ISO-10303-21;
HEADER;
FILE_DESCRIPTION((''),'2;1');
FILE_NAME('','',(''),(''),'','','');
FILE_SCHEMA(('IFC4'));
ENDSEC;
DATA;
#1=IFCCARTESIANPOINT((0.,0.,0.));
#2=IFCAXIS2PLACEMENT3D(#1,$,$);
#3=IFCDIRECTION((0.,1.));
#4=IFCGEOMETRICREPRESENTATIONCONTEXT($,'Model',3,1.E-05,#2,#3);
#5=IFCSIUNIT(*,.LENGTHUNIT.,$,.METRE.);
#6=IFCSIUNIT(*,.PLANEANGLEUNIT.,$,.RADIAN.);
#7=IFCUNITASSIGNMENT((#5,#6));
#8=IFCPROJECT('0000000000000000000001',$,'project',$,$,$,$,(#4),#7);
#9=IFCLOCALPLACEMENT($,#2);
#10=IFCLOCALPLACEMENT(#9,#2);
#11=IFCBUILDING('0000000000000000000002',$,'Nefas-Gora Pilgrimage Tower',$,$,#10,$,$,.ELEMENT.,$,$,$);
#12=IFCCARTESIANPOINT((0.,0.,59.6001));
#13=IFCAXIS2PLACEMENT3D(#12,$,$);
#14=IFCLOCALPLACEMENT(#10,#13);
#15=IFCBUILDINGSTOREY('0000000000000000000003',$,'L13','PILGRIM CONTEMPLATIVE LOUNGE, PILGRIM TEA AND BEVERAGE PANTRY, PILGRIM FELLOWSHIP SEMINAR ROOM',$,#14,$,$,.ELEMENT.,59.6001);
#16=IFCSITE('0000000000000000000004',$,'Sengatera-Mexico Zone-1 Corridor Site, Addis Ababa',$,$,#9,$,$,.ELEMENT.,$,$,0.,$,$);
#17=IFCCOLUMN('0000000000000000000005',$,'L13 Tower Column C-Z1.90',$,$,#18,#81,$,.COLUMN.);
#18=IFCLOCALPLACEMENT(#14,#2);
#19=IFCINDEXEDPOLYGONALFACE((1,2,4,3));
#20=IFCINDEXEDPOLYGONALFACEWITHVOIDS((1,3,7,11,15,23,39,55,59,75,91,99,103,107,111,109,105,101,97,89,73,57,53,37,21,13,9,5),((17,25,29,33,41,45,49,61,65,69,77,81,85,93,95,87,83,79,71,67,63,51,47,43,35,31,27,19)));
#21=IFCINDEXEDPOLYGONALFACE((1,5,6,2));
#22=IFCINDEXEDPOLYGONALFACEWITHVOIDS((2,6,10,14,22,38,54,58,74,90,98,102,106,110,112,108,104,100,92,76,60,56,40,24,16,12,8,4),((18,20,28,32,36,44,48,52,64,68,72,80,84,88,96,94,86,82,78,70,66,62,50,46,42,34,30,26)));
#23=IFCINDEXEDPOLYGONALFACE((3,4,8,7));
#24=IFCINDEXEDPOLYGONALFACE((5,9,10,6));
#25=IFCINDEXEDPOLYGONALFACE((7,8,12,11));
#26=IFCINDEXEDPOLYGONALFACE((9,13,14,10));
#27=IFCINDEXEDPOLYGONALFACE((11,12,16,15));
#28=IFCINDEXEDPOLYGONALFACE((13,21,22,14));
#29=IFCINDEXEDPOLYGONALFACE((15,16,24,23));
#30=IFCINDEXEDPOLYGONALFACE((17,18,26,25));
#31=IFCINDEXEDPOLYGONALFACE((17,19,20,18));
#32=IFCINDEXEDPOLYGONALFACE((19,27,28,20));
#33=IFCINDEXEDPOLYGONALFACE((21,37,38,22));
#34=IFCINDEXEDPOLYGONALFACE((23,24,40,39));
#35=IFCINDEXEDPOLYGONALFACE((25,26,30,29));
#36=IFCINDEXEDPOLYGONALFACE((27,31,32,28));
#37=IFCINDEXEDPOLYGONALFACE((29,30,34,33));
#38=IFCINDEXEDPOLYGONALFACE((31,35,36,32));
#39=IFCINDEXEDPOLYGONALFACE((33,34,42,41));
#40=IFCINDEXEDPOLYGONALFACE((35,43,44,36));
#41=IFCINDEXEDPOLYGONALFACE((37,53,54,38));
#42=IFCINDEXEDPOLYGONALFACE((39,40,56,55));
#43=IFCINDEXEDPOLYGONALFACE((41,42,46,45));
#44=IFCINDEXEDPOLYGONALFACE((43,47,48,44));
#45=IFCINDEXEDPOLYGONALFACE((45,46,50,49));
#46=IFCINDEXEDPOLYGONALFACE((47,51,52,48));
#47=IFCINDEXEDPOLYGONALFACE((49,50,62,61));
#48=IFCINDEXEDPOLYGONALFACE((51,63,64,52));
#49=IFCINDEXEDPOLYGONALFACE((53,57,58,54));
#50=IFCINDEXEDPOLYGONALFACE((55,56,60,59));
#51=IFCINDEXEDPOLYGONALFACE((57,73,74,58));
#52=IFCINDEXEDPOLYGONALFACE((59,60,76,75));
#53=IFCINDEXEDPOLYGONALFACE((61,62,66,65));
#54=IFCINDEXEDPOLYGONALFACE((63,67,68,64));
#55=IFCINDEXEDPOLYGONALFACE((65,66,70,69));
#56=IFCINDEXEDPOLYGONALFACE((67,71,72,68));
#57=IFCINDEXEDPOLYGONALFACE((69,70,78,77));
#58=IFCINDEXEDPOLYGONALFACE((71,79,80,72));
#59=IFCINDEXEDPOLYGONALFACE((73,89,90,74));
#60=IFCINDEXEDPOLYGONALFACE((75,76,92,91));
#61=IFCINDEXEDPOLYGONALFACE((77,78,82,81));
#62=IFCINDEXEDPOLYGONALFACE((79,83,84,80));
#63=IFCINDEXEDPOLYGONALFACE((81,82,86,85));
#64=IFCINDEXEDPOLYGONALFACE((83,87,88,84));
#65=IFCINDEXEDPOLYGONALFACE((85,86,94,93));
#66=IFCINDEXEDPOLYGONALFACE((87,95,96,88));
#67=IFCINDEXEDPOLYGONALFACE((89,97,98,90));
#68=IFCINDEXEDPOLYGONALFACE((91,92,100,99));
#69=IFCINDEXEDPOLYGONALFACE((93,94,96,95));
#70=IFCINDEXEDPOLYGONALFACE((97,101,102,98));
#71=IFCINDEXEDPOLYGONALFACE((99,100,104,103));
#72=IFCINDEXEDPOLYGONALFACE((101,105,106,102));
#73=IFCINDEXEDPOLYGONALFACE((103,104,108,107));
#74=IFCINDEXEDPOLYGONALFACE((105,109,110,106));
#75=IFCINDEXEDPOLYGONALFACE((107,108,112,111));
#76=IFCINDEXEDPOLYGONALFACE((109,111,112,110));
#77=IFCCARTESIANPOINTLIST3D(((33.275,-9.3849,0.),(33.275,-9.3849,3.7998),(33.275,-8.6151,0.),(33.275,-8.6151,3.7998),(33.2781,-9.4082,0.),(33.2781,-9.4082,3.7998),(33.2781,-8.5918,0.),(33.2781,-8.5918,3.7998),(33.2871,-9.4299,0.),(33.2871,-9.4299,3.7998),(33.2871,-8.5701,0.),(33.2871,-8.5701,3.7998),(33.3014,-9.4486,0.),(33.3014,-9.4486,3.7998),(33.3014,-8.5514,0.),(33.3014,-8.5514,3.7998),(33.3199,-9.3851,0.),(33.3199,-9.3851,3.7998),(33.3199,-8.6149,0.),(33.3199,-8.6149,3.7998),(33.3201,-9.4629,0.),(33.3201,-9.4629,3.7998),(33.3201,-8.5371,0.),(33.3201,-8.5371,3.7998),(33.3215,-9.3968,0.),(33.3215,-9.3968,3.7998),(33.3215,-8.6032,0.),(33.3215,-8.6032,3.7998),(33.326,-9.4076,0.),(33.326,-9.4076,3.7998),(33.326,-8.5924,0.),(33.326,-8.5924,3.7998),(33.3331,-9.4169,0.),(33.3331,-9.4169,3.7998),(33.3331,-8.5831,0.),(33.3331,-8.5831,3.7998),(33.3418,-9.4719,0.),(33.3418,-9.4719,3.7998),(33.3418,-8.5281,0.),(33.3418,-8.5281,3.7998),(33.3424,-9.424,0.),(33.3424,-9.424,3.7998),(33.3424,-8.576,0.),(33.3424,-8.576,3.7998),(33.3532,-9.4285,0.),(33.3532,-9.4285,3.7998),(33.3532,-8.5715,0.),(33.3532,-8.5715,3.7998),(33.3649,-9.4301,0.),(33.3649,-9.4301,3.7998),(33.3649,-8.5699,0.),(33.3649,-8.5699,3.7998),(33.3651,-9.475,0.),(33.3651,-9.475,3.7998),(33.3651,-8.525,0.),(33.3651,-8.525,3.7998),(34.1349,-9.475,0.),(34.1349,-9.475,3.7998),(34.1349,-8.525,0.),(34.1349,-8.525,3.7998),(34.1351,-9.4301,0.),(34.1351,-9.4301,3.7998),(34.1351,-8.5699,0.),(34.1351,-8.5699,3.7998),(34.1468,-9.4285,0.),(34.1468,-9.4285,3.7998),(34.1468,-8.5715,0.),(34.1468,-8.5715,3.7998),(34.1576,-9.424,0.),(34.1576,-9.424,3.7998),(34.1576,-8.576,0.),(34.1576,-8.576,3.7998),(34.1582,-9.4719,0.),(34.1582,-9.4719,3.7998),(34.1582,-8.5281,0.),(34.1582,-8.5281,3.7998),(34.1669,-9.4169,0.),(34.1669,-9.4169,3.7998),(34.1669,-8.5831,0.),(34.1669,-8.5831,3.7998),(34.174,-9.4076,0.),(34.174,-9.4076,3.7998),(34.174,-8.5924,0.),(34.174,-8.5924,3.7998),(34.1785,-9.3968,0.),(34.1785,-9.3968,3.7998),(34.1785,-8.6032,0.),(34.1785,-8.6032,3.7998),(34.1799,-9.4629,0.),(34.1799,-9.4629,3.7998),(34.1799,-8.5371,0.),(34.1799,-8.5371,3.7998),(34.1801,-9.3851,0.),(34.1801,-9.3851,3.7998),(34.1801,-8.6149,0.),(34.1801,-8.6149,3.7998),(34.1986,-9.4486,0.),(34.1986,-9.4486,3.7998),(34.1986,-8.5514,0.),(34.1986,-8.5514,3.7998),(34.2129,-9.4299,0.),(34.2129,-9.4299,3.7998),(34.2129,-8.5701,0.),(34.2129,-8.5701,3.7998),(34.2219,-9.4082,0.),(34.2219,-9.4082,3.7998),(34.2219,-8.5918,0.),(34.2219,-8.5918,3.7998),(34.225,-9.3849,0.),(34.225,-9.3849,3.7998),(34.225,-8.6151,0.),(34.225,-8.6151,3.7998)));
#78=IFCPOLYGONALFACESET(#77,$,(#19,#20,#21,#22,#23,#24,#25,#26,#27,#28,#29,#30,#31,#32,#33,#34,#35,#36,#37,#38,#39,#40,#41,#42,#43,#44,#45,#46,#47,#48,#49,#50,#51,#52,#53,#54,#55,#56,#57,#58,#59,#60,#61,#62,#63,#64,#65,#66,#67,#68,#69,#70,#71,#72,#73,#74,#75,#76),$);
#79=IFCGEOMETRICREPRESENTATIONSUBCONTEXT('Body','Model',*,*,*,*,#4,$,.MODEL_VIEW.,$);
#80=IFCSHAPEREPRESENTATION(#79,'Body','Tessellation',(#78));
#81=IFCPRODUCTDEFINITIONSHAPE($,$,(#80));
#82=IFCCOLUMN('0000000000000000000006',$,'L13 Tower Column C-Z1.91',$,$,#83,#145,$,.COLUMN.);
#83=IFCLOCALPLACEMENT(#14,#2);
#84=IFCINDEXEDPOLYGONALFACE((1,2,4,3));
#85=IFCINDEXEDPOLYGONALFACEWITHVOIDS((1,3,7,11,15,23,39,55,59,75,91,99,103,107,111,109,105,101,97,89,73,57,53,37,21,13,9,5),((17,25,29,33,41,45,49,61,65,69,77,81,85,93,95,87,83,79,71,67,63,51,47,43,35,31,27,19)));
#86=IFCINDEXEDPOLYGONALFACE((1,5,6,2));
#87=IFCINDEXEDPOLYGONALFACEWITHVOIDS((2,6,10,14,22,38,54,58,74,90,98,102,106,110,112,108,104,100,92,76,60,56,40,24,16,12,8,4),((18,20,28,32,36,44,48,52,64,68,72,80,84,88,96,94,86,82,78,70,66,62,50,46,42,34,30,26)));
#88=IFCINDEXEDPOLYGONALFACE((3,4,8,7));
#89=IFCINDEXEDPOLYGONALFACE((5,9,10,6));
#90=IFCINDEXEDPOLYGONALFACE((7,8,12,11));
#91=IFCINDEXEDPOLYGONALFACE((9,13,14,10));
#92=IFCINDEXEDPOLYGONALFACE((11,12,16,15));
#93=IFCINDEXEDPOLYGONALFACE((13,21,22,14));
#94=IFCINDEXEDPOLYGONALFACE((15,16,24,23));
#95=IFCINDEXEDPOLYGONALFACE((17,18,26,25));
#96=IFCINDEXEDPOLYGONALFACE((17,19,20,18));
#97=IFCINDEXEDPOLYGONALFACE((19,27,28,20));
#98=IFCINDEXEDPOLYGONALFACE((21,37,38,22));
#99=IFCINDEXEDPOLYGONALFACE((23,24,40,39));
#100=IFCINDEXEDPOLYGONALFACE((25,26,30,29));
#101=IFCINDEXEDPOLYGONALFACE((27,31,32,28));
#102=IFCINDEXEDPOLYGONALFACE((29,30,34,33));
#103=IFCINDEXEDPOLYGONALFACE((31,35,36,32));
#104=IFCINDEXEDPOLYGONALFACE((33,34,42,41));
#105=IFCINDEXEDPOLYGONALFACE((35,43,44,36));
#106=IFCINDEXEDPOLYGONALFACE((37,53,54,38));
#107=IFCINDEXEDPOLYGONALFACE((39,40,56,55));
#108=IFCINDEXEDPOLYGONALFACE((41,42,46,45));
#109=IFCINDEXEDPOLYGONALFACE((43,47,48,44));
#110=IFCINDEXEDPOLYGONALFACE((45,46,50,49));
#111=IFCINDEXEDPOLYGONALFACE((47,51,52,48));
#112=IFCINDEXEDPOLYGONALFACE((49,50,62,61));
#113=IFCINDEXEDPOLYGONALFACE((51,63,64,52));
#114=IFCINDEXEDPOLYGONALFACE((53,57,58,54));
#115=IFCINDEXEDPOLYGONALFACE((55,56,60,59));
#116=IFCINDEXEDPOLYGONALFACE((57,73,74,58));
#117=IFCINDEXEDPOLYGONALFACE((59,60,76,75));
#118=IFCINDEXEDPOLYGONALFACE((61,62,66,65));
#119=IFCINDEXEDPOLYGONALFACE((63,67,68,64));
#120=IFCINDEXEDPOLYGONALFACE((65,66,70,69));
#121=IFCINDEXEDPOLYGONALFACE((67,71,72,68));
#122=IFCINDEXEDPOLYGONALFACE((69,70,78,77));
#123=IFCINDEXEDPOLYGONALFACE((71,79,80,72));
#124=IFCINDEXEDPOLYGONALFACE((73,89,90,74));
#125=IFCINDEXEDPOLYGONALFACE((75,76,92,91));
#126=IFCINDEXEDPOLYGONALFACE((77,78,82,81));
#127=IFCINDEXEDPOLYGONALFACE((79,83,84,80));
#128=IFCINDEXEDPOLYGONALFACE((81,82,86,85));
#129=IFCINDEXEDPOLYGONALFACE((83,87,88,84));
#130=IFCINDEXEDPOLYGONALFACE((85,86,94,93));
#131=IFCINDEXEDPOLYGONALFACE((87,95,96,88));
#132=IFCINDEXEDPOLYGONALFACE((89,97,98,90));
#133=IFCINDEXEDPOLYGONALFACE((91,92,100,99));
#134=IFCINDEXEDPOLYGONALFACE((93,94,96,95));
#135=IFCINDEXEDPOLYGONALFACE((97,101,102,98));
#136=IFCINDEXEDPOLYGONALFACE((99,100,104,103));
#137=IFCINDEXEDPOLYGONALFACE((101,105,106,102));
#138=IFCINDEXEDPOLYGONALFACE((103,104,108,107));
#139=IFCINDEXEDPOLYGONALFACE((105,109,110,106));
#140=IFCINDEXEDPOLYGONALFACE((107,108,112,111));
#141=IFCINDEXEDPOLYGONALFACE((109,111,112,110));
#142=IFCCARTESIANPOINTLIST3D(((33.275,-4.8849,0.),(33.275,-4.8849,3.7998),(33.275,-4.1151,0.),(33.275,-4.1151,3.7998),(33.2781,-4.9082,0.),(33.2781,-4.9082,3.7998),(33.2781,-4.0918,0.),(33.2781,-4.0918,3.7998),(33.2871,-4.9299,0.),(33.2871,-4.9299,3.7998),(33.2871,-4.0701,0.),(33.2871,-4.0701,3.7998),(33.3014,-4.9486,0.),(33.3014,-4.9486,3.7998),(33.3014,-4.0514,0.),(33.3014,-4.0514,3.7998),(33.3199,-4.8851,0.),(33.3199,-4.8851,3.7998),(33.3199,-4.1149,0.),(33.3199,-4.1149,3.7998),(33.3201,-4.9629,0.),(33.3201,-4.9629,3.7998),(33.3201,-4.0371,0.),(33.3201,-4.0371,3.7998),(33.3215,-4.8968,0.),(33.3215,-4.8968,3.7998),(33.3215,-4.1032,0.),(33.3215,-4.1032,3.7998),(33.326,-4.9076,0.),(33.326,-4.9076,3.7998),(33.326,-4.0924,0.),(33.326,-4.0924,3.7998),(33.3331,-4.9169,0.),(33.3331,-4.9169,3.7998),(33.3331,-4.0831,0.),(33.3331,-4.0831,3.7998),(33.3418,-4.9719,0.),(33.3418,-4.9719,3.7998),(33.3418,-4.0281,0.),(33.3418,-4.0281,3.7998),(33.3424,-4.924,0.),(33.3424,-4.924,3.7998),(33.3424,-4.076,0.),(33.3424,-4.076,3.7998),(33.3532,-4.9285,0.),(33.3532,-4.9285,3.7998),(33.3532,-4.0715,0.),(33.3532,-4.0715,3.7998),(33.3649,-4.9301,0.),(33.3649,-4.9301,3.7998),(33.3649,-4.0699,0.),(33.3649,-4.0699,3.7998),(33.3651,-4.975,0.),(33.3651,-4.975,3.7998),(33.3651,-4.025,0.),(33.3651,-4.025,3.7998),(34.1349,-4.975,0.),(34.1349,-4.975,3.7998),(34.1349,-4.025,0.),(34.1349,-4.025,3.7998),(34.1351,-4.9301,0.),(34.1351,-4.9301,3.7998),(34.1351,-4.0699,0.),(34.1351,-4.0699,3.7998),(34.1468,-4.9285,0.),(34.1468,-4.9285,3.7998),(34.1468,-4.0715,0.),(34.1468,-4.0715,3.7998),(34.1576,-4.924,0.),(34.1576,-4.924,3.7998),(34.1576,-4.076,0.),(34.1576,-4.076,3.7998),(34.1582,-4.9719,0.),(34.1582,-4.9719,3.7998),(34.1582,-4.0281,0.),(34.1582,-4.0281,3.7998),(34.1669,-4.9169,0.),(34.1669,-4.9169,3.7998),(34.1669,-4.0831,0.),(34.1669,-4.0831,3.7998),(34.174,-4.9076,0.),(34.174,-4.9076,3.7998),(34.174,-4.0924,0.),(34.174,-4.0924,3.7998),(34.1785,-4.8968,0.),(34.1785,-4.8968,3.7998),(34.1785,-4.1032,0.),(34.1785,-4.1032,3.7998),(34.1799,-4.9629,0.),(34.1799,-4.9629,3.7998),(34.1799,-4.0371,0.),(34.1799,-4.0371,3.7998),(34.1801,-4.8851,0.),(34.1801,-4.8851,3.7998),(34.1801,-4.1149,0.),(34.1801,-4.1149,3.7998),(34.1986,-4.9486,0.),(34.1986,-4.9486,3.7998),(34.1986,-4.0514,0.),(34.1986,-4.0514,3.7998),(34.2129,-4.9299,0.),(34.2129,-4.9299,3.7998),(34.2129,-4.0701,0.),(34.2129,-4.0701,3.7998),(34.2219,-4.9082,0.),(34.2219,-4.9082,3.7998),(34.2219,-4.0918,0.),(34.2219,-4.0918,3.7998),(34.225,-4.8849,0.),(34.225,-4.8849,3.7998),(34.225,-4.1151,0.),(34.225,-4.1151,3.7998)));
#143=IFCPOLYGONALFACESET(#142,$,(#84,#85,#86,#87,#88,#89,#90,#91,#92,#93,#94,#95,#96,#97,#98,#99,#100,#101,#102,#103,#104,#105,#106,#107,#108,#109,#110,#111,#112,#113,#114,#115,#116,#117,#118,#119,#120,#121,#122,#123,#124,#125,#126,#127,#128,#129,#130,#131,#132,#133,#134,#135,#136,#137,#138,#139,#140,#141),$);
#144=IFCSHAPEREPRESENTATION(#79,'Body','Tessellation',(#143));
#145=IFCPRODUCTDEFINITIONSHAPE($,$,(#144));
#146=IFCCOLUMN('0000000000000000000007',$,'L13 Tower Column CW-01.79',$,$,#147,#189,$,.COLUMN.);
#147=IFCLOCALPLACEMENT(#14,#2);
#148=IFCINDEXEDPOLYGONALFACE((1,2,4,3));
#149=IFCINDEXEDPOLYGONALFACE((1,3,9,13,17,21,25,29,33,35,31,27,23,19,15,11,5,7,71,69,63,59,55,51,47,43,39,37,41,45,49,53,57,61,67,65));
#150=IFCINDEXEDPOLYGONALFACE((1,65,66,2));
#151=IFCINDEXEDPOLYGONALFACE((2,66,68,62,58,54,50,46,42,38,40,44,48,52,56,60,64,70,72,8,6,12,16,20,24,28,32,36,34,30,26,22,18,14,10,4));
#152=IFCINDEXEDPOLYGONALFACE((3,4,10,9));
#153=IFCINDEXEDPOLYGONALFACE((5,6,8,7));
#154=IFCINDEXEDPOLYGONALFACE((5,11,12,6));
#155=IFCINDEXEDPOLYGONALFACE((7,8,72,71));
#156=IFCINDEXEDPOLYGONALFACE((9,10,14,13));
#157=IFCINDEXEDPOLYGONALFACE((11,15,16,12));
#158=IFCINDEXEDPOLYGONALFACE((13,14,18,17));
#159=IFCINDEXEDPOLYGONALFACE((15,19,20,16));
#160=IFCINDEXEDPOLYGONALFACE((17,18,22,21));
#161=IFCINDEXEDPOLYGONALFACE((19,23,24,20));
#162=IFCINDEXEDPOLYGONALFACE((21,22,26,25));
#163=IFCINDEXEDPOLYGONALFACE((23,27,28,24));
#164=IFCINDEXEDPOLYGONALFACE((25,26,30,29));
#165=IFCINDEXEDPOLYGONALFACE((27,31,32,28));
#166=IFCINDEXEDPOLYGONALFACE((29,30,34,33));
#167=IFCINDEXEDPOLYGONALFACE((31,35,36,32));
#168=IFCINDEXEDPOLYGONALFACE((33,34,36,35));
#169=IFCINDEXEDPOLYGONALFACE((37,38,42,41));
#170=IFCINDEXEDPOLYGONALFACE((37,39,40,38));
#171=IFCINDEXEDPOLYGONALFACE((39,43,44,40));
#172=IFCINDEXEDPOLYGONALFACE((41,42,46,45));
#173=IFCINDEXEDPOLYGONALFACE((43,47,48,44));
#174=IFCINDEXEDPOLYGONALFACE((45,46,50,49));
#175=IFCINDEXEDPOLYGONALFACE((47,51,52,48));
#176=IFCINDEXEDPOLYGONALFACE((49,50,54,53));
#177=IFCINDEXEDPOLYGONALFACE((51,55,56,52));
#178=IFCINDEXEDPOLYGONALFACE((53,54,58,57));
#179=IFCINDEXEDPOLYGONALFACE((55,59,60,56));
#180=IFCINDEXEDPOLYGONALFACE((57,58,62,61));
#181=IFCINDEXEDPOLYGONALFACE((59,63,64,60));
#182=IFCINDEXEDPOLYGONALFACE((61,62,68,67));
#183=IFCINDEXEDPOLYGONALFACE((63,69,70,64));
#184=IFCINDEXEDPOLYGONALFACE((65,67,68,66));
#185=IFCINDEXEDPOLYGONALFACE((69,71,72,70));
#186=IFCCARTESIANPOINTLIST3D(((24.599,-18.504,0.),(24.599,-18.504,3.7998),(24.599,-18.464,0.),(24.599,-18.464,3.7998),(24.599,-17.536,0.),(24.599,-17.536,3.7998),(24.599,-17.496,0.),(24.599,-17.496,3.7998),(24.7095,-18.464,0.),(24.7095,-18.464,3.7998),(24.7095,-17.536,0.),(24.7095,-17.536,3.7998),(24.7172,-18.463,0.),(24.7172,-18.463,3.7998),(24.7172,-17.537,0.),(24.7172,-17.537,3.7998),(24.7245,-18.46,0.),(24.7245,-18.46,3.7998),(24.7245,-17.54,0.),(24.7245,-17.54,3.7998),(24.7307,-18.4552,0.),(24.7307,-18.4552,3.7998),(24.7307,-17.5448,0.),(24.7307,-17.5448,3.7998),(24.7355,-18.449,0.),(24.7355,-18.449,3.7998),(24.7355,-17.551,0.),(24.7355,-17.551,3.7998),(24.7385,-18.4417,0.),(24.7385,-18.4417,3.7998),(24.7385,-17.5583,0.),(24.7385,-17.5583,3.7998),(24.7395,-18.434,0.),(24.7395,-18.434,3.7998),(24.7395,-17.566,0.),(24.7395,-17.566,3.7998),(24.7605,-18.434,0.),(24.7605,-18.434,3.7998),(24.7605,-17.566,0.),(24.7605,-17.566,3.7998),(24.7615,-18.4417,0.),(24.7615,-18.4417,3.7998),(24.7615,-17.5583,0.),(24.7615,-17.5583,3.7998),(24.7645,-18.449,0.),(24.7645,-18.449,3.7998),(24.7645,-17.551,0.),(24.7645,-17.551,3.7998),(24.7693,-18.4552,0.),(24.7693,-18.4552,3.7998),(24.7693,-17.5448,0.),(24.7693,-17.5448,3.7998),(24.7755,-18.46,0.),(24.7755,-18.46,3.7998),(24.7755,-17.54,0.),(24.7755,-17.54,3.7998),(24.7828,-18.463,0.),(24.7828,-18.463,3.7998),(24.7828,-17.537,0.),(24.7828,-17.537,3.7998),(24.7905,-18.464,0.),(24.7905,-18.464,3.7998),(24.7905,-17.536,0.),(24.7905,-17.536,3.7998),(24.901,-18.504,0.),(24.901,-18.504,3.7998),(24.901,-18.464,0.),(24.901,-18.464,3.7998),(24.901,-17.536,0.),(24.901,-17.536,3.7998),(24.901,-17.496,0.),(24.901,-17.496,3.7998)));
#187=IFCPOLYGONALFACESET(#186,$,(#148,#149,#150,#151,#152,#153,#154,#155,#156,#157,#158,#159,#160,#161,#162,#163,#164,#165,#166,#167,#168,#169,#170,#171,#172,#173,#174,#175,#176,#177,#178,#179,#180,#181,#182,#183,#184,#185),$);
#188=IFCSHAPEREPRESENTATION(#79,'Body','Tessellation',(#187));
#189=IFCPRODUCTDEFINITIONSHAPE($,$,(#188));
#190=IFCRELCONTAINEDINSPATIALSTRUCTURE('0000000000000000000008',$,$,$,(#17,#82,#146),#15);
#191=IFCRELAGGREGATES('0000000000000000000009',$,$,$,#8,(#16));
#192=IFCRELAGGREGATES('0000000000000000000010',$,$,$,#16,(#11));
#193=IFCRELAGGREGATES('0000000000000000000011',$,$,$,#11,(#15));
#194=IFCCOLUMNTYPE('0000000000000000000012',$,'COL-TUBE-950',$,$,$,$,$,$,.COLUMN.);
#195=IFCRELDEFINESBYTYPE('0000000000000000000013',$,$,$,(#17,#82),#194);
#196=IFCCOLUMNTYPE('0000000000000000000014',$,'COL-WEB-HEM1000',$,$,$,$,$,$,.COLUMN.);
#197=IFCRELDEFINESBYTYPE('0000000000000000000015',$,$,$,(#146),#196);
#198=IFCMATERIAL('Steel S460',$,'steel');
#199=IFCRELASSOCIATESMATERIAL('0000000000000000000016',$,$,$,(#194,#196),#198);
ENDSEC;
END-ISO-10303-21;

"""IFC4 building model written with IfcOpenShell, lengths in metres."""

from ifc_helpers import new_model, si_unit, direction, frame, origin, origin_2d, place, context, subcontext, project, spatial, hollow_rectangle, i_section, extrude, source, transform, mapped, material, material_profile, profile_set, type_object, element, save


model = new_model("IFC4")

# Units and contexts
model_context = context("Model", 3, precision=1e-05, world=origin(), true_north=direction((0.0, 1.0)))
body_context = subcontext(model_context, "Body", "Model", "MODEL_VIEW")
ifc_project = project(units=[si_unit("LENGTHUNIT", "METRE"), si_unit("PLANEANGLEUNIT", "RADIAN")], contexts=[model_context])

# Site, building, storey
site_placement = place(None, origin())
site = spatial("IfcSite", under=ifc_project, at=site_placement, Name="Sengatera-Mexico Zone-1 Corridor Site, Addis Ababa", CompositionType="ELEMENT", RefElevation=0.0)
building_placement = place(site_placement, origin())
building = spatial("IfcBuilding", under=site, at=building_placement, Name="Nefas-Gora Pilgrimage Tower", CompositionType="ELEMENT")
storey_placement = place(building_placement, frame((0.0, 0.0, 59.6001)))
storey = spatial("IfcBuildingStorey", under=building, at=storey_placement, Name="L13", Description="PILGRIM CONTEMPLATIVE LOUNGE, PILGRIM TEA AND BEVERAGE PANTRY, PILGRIM FELLOWSHIP SEMINAR ROOM", CompositionType="ELEMENT", Elevation=59.6001)

# Columns
ifc_material_1 = material(Name="Steel S460", Category="steel")
ifc_material_profile_1 = material_profile(ifc_material_1, hollow_rectangle(XDim=0.95, YDim=0.95, WallThickness=0.0449, InnerFilletRadius=0.0449, OuterFilletRadius=0.0901, at=origin_2d()), Name="BOX 950x950x45")
ifc_profile_set_1 = profile_set([ifc_material_profile_1], Name="Steel S460")
column_type_1 = type_object("IfcColumnType", Name="COL-TUBE-950", PredefinedType="COLUMN", material=ifc_profile_set_1)
shared_shape_1 = source(origin(), body_context, "Body", "SweptSolid", [
    extrude(hollow_rectangle(XDim=0.95, YDim=0.95, WallThickness=0.0449, InnerFilletRadius=0.0449, OuterFilletRadius=0.0901, at=origin_2d()), origin(), (0.0, 0.0, 1.0), 3.7998),
])
for number, where, z_axis, x_axis, name in (
    (1, (33.75, -9.0, 0.0), (0.0, 0.0, 1.0), (1.0, 0.0, 0.0), "L13 Tower Column C-Z1.90"),
    (2, (33.75, -4.5, 0.0), (0.0, 0.0, 1.0), (1.0, 0.0, 0.0), "L13 Tower Column C-Z1.91"),
):
    element("IfcColumn", number, at=place(storey_placement, frame(where, z_axis=z_axis, x_axis=x_axis)), inside=storey, type_object=column_type_1, Name=name, PredefinedType="COLUMN", context=body_context, shape_type="MappedRepresentation", body=[
        mapped(shared_shape_1, transform((0.0, 0.0, 0.0), x_axis=(1.0, 0.0, 0.0), y_axis=(0.0, 1.0, 0.0), z_axis=(0.0, 0.0, 1.0), scale=1.0)),
    ])
ifc_material_profile_2 = material_profile(ifc_material_1, i_section(OverallWidth=0.302, OverallDepth=1.0081, WebThickness=0.021, FlangeThickness=0.04, FilletRadius=0.03, at=origin_2d()), Name="HEM 1000")
ifc_profile_set_2 = profile_set([ifc_material_profile_2], Name="Steel S460")
column_type_2 = type_object("IfcColumnType", Name="COL-WEB-HEM1000", PredefinedType="COLUMN", material=ifc_profile_set_2)
shared_shape_2 = source(origin(), body_context, "Body", "SweptSolid", [
    extrude(i_section(OverallWidth=0.302, OverallDepth=1.0081, WebThickness=0.021, FlangeThickness=0.04, FilletRadius=0.03, at=origin_2d()), origin(), (0.0, 0.0, 1.0), 3.7998),
])
for number, where, z_axis, x_axis, name in (
    (3, (24.75, -18.0, 0.0), (0.0, 0.0, 1.0), (1.0, 0.0, 0.0), "L13 Tower Column CW-01.79"),
):
    element("IfcColumn", number, at=place(storey_placement, frame(where, z_axis=z_axis, x_axis=x_axis)), inside=storey, type_object=column_type_2, Name=name, PredefinedType="COLUMN", context=body_context, shape_type="MappedRepresentation", body=[
        mapped(shared_shape_2, transform((0.0, 0.0, 0.0), x_axis=(1.0, 0.0, 0.0), y_axis=(0.0, 1.0, 0.0), z_axis=(0.0, 0.0, 1.0), scale=1.0)),
    ])

save(model, "model.ifc")
